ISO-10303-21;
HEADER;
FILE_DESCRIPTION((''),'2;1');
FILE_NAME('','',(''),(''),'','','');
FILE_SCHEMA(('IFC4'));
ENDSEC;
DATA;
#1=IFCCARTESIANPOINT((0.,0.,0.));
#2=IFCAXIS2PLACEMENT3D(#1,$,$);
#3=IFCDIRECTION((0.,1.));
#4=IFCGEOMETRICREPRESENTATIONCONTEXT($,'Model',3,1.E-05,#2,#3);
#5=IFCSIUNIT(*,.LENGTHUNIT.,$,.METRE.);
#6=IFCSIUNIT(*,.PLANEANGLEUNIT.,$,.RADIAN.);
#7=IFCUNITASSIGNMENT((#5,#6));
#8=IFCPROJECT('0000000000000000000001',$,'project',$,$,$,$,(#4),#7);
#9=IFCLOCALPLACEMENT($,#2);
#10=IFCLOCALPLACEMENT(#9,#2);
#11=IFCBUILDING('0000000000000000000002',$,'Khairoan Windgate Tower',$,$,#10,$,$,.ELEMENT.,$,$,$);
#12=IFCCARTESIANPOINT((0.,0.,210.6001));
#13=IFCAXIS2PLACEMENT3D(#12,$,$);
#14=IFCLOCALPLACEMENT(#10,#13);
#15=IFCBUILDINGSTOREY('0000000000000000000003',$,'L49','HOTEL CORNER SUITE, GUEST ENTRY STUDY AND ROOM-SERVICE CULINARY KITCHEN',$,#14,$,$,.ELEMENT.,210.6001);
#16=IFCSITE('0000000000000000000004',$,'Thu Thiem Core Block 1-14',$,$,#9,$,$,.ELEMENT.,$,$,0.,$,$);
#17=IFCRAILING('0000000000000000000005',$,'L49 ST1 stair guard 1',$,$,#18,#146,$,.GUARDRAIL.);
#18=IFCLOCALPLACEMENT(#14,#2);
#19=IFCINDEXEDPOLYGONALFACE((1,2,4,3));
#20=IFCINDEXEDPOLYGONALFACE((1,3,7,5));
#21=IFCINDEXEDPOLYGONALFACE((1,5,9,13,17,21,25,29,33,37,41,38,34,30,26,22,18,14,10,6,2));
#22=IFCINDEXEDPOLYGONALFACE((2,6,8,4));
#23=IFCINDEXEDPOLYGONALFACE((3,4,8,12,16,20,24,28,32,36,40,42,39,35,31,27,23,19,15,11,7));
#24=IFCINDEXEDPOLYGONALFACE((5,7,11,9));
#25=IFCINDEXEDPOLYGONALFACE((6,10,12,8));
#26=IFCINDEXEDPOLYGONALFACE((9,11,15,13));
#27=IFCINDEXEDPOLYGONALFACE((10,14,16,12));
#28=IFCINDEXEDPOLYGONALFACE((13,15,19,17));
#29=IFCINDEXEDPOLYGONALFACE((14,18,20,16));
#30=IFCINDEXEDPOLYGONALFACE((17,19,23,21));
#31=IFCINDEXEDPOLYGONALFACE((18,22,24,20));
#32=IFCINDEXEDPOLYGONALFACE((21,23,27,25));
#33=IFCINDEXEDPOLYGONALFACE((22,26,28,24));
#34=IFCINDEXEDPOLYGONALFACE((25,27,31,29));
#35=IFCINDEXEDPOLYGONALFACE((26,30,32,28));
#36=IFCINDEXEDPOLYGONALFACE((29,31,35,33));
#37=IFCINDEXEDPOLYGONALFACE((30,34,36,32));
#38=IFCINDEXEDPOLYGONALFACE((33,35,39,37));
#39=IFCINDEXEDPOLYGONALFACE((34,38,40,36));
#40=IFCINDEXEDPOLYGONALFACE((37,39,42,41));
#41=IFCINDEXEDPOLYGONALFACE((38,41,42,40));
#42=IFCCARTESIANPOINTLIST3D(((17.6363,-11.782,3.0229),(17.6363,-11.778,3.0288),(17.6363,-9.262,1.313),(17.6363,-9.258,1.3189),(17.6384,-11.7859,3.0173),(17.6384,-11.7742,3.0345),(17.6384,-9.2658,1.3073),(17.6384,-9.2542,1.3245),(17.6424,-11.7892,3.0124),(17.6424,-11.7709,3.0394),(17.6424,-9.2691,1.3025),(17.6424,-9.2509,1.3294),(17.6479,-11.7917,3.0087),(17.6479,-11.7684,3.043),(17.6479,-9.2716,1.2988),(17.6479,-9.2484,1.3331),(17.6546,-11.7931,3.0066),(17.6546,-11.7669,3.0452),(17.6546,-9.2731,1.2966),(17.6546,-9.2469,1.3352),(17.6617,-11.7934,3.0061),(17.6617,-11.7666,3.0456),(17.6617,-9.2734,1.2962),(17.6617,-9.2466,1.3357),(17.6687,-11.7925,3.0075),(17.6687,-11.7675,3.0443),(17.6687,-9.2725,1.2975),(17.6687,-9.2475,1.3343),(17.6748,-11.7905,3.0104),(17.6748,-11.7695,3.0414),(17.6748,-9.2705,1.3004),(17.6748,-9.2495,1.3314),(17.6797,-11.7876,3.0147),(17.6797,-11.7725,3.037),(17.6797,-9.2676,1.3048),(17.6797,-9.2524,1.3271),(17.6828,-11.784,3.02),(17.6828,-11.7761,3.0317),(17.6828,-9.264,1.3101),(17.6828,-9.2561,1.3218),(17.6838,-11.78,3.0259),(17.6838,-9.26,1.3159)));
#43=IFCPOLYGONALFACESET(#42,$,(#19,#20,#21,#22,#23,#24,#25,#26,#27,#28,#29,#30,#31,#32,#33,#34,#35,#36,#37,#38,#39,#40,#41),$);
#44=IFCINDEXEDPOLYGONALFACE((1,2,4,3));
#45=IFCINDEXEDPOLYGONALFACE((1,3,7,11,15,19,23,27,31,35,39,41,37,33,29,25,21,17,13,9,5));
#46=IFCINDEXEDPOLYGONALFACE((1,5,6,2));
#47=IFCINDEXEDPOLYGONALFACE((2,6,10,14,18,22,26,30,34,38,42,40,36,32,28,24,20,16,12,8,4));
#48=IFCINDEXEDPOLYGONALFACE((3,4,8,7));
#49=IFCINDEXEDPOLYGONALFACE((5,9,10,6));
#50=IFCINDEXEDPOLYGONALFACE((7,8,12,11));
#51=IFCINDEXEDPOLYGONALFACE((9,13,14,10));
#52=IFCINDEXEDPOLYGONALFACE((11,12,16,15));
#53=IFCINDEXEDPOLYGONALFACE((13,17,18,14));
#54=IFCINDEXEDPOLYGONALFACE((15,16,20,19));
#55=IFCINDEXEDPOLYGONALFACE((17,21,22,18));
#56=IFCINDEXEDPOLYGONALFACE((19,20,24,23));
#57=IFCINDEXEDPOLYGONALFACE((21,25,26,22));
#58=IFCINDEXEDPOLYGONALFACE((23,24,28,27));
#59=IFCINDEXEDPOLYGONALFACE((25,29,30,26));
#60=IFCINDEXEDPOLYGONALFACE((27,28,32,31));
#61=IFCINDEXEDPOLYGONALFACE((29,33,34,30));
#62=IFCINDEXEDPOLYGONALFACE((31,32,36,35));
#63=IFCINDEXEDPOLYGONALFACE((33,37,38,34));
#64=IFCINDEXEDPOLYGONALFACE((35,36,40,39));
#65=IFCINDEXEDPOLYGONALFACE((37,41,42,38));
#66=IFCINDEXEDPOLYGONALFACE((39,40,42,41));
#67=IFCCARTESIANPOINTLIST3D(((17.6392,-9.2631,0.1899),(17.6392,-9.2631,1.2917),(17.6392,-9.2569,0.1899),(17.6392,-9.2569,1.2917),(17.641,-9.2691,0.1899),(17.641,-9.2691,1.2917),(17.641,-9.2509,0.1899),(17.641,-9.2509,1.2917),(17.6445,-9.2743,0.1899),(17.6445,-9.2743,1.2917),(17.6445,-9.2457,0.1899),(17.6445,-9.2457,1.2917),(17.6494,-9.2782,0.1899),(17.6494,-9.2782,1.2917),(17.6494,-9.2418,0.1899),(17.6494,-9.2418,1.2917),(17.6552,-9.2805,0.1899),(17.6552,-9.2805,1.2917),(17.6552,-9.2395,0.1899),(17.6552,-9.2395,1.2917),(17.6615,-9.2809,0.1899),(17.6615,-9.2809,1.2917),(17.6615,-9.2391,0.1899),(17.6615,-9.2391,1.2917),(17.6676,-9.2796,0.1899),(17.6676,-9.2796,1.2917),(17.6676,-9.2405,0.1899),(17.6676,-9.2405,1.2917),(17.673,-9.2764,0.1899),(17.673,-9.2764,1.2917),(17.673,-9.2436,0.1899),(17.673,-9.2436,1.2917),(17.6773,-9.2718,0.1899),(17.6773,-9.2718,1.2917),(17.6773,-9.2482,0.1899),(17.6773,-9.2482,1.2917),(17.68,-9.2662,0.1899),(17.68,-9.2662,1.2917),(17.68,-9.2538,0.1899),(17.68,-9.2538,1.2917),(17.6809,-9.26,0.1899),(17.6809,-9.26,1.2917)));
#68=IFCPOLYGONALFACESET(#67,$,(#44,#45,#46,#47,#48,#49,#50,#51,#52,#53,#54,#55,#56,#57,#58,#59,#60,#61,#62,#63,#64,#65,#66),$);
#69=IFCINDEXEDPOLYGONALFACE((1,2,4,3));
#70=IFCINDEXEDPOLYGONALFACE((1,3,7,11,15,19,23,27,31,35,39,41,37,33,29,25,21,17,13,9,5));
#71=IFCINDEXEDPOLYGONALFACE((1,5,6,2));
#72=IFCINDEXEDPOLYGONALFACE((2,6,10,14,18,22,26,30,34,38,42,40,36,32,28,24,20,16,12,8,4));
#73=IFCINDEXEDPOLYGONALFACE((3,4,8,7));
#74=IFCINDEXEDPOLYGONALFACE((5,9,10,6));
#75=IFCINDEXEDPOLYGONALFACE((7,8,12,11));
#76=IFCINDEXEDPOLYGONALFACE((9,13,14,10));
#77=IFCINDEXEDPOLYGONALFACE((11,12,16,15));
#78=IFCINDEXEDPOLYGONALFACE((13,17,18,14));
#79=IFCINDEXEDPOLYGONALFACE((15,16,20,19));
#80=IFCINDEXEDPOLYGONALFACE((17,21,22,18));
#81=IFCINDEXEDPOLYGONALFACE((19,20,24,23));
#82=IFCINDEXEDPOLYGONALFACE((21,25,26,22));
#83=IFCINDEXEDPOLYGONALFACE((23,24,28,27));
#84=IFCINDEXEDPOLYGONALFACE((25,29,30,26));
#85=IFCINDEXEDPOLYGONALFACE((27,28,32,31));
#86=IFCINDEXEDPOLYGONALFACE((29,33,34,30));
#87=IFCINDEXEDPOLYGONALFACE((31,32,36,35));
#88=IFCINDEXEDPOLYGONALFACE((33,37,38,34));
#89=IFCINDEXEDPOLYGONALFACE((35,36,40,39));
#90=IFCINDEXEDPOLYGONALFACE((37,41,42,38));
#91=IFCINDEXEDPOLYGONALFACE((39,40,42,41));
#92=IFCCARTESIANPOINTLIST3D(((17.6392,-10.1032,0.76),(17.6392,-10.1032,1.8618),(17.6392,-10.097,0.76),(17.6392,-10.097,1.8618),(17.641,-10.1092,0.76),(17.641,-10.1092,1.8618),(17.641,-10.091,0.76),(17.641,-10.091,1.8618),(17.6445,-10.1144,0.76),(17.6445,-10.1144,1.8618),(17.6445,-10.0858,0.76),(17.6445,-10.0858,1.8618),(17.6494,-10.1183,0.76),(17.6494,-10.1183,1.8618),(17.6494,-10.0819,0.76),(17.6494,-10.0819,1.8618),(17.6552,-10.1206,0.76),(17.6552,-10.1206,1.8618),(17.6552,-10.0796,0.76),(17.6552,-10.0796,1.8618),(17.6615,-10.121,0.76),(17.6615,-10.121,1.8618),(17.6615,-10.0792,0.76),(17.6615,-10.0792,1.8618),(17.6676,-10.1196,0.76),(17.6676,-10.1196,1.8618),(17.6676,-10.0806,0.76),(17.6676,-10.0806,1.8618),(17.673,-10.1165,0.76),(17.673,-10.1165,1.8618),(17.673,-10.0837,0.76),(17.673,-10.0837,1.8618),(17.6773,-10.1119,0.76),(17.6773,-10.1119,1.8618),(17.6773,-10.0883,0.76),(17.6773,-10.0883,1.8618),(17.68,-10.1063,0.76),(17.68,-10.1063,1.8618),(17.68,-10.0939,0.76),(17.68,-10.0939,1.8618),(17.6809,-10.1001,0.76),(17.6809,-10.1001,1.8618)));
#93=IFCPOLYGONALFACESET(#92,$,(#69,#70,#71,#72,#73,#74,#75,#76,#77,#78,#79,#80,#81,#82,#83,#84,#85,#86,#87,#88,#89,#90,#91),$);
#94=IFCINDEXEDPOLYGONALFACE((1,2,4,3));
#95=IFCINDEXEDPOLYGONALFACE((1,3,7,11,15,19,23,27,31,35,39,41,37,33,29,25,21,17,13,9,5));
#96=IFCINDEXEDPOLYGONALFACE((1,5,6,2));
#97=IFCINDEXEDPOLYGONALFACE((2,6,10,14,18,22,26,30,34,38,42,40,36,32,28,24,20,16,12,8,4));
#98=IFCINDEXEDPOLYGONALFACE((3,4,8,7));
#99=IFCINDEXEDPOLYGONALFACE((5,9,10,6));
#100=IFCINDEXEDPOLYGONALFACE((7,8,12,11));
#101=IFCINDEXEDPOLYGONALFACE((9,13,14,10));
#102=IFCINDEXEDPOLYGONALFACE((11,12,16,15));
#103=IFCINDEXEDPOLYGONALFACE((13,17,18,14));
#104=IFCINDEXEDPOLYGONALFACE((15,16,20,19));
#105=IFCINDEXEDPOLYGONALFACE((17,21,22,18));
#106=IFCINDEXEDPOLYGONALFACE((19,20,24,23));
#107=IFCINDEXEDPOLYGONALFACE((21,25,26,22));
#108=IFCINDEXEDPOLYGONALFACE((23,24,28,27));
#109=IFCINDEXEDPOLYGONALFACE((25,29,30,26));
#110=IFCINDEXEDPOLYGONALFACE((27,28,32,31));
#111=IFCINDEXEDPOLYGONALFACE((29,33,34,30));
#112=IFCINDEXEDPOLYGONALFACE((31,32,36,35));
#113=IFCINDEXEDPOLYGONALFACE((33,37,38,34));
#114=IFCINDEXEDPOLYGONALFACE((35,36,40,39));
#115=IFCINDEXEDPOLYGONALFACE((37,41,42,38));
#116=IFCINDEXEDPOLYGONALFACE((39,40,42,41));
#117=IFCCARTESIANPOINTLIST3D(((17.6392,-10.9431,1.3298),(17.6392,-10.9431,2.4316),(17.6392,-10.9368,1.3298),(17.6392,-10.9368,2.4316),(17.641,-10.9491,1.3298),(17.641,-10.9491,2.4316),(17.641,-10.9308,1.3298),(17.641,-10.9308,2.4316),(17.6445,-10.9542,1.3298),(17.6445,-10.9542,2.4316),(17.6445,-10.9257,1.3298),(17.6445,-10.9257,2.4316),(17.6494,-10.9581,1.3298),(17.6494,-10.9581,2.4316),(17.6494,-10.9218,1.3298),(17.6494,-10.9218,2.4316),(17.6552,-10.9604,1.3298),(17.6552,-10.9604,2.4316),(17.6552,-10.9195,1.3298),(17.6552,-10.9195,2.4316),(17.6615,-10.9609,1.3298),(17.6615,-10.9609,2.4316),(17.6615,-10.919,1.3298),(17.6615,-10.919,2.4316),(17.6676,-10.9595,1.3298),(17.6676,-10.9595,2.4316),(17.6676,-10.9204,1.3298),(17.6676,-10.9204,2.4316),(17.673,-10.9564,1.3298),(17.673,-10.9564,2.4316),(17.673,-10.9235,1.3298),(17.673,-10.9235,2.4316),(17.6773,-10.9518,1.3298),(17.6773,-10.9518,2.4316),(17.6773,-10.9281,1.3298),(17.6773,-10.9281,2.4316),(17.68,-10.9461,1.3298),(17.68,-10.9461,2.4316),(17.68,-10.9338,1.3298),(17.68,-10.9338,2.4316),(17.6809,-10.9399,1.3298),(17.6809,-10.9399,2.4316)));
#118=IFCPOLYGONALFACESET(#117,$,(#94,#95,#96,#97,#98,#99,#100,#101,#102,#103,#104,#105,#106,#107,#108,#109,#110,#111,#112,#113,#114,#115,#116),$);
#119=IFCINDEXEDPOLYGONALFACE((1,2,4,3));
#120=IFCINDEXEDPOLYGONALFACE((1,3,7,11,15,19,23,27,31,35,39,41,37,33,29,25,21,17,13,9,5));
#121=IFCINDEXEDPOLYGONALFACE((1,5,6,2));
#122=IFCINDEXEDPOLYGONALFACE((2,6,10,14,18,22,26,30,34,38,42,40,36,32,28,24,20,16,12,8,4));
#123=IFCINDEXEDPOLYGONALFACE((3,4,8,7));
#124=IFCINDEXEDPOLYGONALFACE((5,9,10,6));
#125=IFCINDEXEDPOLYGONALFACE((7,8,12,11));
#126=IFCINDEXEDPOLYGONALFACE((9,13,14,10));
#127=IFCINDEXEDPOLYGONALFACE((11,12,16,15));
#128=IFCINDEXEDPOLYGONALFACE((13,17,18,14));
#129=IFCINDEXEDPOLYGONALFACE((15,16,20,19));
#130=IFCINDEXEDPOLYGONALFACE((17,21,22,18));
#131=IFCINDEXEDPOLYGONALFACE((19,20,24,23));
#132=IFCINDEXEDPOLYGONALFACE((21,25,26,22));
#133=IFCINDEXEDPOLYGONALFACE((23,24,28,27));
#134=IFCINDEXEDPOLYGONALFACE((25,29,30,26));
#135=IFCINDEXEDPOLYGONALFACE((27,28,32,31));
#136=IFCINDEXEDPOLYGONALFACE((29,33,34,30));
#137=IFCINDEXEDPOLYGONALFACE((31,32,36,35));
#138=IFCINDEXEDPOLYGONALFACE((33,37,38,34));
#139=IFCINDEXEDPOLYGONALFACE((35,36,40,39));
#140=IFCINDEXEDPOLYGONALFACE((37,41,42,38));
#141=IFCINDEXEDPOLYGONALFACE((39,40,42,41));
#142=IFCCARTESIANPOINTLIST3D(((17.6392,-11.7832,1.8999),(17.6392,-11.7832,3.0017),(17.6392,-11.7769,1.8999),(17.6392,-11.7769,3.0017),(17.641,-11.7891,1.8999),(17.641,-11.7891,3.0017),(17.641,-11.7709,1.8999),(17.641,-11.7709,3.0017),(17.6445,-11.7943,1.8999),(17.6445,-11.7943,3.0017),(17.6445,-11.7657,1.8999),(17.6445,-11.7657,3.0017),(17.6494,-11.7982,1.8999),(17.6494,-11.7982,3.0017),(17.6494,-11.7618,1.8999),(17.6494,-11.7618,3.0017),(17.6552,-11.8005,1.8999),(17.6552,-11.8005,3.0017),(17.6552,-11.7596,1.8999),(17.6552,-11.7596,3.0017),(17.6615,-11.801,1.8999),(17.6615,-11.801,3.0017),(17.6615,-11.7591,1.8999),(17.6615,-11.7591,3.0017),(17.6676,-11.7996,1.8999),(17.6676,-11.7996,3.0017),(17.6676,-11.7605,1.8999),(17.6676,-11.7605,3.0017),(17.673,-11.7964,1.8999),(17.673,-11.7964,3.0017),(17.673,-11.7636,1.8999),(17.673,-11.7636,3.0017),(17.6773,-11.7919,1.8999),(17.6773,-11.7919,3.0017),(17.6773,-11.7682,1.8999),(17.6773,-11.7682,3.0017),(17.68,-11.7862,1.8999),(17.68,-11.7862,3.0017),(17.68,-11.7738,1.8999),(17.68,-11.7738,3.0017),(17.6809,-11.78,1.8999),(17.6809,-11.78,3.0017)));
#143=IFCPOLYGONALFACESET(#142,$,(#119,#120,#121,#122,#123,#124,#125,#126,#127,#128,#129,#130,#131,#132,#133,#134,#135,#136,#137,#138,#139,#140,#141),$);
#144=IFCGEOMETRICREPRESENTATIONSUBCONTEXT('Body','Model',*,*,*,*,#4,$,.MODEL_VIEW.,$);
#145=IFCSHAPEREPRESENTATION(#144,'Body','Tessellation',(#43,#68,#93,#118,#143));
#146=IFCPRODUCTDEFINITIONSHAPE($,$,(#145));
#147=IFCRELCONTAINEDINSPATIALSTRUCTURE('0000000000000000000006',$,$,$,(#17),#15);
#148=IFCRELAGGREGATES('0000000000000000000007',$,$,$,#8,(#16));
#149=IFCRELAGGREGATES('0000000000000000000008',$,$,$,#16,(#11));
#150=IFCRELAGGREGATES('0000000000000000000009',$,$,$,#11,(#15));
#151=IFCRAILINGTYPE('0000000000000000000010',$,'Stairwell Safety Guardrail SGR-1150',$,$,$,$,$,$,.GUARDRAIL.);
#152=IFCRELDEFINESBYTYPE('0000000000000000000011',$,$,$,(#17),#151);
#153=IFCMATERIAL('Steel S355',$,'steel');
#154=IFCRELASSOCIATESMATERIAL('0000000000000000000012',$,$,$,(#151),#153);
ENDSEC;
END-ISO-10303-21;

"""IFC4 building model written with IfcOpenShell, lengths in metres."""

from ifc_helpers import new_model, si_unit, direction, frame, origin, origin_2d, place, context, subcontext, project, spatial, circle, extrude, material, type_object, element, save


model = new_model("IFC4")

# Units and contexts
model_context = context("Model", 3, precision=1e-05, world=origin(), true_north=direction((0.0, 1.0)))
body_context = subcontext(model_context, "Body", "Model", "MODEL_VIEW")
ifc_project = project(units=[si_unit("LENGTHUNIT", "METRE"), si_unit("PLANEANGLEUNIT", "RADIAN")], contexts=[model_context])

# Site, building, storey
site_placement = place(None, origin())
site = spatial("IfcSite", under=ifc_project, at=site_placement, Name="Thu Thiem Core Block 1-14", CompositionType="ELEMENT", RefElevation=0.0)
building_placement = place(site_placement, origin())
building = spatial("IfcBuilding", under=site, at=building_placement, Name="Khairoan Windgate Tower", CompositionType="ELEMENT")
storey_placement = place(building_placement, frame((0.0, 0.0, 210.6001)))
storey = spatial("IfcBuildingStorey", under=building, at=storey_placement, Name="L49", Description="HOTEL CORNER SUITE, GUEST ENTRY STUDY AND ROOM-SERVICE CULINARY KITCHEN", CompositionType="ELEMENT", Elevation=210.6001)

# Railing
ifc_material_1 = material(Name="Steel S355", Category="steel")
railing_type_1 = type_object("IfcRailingType", Name="Stairwell Safety Guardrail SGR-1150", PredefinedType="GUARDRAIL", material=ifc_material_1)
railing_1_placement = place(storey_placement, frame((17.6599, -9.26, 0.1899)))
element("IfcRailing", 1, at=railing_1_placement, inside=storey, type_object=railing_type_1, Name="L49 ST1 stair guard 1", PredefinedType="GUARDRAIL", context=body_context, shape_type="SweptSolid", body=[
    extrude(circle(Radius=0.0239, at=origin_2d()), frame((0.0, 0.0, 1.126), z_axis=(0.0, -0.827484, 0.56149), x_axis=(1.0, 0.0, 0.0)), (0.0, 0.0, 1.0), 3.0454),
    extrude(circle(Radius=0.021, at=origin_2d()), origin(), (0.0, 0.0, 1.0), 1.1018),
    extrude(circle(Radius=0.021, at=origin_2d()), frame((0.0, -0.8401, 0.5701)), (0.0, 0.0, 1.0), 1.1018),
    extrude(circle(Radius=0.021, at=origin_2d()), frame((0.0, -1.6799, 1.1399)), (0.0, 0.0, 1.0), 1.1018),
    extrude(circle(Radius=0.021, at=origin_2d()), frame((0.0, -2.52, 1.71)), (0.0, 0.0, 1.0), 1.1018),
])

save(model, "model.ifc")
